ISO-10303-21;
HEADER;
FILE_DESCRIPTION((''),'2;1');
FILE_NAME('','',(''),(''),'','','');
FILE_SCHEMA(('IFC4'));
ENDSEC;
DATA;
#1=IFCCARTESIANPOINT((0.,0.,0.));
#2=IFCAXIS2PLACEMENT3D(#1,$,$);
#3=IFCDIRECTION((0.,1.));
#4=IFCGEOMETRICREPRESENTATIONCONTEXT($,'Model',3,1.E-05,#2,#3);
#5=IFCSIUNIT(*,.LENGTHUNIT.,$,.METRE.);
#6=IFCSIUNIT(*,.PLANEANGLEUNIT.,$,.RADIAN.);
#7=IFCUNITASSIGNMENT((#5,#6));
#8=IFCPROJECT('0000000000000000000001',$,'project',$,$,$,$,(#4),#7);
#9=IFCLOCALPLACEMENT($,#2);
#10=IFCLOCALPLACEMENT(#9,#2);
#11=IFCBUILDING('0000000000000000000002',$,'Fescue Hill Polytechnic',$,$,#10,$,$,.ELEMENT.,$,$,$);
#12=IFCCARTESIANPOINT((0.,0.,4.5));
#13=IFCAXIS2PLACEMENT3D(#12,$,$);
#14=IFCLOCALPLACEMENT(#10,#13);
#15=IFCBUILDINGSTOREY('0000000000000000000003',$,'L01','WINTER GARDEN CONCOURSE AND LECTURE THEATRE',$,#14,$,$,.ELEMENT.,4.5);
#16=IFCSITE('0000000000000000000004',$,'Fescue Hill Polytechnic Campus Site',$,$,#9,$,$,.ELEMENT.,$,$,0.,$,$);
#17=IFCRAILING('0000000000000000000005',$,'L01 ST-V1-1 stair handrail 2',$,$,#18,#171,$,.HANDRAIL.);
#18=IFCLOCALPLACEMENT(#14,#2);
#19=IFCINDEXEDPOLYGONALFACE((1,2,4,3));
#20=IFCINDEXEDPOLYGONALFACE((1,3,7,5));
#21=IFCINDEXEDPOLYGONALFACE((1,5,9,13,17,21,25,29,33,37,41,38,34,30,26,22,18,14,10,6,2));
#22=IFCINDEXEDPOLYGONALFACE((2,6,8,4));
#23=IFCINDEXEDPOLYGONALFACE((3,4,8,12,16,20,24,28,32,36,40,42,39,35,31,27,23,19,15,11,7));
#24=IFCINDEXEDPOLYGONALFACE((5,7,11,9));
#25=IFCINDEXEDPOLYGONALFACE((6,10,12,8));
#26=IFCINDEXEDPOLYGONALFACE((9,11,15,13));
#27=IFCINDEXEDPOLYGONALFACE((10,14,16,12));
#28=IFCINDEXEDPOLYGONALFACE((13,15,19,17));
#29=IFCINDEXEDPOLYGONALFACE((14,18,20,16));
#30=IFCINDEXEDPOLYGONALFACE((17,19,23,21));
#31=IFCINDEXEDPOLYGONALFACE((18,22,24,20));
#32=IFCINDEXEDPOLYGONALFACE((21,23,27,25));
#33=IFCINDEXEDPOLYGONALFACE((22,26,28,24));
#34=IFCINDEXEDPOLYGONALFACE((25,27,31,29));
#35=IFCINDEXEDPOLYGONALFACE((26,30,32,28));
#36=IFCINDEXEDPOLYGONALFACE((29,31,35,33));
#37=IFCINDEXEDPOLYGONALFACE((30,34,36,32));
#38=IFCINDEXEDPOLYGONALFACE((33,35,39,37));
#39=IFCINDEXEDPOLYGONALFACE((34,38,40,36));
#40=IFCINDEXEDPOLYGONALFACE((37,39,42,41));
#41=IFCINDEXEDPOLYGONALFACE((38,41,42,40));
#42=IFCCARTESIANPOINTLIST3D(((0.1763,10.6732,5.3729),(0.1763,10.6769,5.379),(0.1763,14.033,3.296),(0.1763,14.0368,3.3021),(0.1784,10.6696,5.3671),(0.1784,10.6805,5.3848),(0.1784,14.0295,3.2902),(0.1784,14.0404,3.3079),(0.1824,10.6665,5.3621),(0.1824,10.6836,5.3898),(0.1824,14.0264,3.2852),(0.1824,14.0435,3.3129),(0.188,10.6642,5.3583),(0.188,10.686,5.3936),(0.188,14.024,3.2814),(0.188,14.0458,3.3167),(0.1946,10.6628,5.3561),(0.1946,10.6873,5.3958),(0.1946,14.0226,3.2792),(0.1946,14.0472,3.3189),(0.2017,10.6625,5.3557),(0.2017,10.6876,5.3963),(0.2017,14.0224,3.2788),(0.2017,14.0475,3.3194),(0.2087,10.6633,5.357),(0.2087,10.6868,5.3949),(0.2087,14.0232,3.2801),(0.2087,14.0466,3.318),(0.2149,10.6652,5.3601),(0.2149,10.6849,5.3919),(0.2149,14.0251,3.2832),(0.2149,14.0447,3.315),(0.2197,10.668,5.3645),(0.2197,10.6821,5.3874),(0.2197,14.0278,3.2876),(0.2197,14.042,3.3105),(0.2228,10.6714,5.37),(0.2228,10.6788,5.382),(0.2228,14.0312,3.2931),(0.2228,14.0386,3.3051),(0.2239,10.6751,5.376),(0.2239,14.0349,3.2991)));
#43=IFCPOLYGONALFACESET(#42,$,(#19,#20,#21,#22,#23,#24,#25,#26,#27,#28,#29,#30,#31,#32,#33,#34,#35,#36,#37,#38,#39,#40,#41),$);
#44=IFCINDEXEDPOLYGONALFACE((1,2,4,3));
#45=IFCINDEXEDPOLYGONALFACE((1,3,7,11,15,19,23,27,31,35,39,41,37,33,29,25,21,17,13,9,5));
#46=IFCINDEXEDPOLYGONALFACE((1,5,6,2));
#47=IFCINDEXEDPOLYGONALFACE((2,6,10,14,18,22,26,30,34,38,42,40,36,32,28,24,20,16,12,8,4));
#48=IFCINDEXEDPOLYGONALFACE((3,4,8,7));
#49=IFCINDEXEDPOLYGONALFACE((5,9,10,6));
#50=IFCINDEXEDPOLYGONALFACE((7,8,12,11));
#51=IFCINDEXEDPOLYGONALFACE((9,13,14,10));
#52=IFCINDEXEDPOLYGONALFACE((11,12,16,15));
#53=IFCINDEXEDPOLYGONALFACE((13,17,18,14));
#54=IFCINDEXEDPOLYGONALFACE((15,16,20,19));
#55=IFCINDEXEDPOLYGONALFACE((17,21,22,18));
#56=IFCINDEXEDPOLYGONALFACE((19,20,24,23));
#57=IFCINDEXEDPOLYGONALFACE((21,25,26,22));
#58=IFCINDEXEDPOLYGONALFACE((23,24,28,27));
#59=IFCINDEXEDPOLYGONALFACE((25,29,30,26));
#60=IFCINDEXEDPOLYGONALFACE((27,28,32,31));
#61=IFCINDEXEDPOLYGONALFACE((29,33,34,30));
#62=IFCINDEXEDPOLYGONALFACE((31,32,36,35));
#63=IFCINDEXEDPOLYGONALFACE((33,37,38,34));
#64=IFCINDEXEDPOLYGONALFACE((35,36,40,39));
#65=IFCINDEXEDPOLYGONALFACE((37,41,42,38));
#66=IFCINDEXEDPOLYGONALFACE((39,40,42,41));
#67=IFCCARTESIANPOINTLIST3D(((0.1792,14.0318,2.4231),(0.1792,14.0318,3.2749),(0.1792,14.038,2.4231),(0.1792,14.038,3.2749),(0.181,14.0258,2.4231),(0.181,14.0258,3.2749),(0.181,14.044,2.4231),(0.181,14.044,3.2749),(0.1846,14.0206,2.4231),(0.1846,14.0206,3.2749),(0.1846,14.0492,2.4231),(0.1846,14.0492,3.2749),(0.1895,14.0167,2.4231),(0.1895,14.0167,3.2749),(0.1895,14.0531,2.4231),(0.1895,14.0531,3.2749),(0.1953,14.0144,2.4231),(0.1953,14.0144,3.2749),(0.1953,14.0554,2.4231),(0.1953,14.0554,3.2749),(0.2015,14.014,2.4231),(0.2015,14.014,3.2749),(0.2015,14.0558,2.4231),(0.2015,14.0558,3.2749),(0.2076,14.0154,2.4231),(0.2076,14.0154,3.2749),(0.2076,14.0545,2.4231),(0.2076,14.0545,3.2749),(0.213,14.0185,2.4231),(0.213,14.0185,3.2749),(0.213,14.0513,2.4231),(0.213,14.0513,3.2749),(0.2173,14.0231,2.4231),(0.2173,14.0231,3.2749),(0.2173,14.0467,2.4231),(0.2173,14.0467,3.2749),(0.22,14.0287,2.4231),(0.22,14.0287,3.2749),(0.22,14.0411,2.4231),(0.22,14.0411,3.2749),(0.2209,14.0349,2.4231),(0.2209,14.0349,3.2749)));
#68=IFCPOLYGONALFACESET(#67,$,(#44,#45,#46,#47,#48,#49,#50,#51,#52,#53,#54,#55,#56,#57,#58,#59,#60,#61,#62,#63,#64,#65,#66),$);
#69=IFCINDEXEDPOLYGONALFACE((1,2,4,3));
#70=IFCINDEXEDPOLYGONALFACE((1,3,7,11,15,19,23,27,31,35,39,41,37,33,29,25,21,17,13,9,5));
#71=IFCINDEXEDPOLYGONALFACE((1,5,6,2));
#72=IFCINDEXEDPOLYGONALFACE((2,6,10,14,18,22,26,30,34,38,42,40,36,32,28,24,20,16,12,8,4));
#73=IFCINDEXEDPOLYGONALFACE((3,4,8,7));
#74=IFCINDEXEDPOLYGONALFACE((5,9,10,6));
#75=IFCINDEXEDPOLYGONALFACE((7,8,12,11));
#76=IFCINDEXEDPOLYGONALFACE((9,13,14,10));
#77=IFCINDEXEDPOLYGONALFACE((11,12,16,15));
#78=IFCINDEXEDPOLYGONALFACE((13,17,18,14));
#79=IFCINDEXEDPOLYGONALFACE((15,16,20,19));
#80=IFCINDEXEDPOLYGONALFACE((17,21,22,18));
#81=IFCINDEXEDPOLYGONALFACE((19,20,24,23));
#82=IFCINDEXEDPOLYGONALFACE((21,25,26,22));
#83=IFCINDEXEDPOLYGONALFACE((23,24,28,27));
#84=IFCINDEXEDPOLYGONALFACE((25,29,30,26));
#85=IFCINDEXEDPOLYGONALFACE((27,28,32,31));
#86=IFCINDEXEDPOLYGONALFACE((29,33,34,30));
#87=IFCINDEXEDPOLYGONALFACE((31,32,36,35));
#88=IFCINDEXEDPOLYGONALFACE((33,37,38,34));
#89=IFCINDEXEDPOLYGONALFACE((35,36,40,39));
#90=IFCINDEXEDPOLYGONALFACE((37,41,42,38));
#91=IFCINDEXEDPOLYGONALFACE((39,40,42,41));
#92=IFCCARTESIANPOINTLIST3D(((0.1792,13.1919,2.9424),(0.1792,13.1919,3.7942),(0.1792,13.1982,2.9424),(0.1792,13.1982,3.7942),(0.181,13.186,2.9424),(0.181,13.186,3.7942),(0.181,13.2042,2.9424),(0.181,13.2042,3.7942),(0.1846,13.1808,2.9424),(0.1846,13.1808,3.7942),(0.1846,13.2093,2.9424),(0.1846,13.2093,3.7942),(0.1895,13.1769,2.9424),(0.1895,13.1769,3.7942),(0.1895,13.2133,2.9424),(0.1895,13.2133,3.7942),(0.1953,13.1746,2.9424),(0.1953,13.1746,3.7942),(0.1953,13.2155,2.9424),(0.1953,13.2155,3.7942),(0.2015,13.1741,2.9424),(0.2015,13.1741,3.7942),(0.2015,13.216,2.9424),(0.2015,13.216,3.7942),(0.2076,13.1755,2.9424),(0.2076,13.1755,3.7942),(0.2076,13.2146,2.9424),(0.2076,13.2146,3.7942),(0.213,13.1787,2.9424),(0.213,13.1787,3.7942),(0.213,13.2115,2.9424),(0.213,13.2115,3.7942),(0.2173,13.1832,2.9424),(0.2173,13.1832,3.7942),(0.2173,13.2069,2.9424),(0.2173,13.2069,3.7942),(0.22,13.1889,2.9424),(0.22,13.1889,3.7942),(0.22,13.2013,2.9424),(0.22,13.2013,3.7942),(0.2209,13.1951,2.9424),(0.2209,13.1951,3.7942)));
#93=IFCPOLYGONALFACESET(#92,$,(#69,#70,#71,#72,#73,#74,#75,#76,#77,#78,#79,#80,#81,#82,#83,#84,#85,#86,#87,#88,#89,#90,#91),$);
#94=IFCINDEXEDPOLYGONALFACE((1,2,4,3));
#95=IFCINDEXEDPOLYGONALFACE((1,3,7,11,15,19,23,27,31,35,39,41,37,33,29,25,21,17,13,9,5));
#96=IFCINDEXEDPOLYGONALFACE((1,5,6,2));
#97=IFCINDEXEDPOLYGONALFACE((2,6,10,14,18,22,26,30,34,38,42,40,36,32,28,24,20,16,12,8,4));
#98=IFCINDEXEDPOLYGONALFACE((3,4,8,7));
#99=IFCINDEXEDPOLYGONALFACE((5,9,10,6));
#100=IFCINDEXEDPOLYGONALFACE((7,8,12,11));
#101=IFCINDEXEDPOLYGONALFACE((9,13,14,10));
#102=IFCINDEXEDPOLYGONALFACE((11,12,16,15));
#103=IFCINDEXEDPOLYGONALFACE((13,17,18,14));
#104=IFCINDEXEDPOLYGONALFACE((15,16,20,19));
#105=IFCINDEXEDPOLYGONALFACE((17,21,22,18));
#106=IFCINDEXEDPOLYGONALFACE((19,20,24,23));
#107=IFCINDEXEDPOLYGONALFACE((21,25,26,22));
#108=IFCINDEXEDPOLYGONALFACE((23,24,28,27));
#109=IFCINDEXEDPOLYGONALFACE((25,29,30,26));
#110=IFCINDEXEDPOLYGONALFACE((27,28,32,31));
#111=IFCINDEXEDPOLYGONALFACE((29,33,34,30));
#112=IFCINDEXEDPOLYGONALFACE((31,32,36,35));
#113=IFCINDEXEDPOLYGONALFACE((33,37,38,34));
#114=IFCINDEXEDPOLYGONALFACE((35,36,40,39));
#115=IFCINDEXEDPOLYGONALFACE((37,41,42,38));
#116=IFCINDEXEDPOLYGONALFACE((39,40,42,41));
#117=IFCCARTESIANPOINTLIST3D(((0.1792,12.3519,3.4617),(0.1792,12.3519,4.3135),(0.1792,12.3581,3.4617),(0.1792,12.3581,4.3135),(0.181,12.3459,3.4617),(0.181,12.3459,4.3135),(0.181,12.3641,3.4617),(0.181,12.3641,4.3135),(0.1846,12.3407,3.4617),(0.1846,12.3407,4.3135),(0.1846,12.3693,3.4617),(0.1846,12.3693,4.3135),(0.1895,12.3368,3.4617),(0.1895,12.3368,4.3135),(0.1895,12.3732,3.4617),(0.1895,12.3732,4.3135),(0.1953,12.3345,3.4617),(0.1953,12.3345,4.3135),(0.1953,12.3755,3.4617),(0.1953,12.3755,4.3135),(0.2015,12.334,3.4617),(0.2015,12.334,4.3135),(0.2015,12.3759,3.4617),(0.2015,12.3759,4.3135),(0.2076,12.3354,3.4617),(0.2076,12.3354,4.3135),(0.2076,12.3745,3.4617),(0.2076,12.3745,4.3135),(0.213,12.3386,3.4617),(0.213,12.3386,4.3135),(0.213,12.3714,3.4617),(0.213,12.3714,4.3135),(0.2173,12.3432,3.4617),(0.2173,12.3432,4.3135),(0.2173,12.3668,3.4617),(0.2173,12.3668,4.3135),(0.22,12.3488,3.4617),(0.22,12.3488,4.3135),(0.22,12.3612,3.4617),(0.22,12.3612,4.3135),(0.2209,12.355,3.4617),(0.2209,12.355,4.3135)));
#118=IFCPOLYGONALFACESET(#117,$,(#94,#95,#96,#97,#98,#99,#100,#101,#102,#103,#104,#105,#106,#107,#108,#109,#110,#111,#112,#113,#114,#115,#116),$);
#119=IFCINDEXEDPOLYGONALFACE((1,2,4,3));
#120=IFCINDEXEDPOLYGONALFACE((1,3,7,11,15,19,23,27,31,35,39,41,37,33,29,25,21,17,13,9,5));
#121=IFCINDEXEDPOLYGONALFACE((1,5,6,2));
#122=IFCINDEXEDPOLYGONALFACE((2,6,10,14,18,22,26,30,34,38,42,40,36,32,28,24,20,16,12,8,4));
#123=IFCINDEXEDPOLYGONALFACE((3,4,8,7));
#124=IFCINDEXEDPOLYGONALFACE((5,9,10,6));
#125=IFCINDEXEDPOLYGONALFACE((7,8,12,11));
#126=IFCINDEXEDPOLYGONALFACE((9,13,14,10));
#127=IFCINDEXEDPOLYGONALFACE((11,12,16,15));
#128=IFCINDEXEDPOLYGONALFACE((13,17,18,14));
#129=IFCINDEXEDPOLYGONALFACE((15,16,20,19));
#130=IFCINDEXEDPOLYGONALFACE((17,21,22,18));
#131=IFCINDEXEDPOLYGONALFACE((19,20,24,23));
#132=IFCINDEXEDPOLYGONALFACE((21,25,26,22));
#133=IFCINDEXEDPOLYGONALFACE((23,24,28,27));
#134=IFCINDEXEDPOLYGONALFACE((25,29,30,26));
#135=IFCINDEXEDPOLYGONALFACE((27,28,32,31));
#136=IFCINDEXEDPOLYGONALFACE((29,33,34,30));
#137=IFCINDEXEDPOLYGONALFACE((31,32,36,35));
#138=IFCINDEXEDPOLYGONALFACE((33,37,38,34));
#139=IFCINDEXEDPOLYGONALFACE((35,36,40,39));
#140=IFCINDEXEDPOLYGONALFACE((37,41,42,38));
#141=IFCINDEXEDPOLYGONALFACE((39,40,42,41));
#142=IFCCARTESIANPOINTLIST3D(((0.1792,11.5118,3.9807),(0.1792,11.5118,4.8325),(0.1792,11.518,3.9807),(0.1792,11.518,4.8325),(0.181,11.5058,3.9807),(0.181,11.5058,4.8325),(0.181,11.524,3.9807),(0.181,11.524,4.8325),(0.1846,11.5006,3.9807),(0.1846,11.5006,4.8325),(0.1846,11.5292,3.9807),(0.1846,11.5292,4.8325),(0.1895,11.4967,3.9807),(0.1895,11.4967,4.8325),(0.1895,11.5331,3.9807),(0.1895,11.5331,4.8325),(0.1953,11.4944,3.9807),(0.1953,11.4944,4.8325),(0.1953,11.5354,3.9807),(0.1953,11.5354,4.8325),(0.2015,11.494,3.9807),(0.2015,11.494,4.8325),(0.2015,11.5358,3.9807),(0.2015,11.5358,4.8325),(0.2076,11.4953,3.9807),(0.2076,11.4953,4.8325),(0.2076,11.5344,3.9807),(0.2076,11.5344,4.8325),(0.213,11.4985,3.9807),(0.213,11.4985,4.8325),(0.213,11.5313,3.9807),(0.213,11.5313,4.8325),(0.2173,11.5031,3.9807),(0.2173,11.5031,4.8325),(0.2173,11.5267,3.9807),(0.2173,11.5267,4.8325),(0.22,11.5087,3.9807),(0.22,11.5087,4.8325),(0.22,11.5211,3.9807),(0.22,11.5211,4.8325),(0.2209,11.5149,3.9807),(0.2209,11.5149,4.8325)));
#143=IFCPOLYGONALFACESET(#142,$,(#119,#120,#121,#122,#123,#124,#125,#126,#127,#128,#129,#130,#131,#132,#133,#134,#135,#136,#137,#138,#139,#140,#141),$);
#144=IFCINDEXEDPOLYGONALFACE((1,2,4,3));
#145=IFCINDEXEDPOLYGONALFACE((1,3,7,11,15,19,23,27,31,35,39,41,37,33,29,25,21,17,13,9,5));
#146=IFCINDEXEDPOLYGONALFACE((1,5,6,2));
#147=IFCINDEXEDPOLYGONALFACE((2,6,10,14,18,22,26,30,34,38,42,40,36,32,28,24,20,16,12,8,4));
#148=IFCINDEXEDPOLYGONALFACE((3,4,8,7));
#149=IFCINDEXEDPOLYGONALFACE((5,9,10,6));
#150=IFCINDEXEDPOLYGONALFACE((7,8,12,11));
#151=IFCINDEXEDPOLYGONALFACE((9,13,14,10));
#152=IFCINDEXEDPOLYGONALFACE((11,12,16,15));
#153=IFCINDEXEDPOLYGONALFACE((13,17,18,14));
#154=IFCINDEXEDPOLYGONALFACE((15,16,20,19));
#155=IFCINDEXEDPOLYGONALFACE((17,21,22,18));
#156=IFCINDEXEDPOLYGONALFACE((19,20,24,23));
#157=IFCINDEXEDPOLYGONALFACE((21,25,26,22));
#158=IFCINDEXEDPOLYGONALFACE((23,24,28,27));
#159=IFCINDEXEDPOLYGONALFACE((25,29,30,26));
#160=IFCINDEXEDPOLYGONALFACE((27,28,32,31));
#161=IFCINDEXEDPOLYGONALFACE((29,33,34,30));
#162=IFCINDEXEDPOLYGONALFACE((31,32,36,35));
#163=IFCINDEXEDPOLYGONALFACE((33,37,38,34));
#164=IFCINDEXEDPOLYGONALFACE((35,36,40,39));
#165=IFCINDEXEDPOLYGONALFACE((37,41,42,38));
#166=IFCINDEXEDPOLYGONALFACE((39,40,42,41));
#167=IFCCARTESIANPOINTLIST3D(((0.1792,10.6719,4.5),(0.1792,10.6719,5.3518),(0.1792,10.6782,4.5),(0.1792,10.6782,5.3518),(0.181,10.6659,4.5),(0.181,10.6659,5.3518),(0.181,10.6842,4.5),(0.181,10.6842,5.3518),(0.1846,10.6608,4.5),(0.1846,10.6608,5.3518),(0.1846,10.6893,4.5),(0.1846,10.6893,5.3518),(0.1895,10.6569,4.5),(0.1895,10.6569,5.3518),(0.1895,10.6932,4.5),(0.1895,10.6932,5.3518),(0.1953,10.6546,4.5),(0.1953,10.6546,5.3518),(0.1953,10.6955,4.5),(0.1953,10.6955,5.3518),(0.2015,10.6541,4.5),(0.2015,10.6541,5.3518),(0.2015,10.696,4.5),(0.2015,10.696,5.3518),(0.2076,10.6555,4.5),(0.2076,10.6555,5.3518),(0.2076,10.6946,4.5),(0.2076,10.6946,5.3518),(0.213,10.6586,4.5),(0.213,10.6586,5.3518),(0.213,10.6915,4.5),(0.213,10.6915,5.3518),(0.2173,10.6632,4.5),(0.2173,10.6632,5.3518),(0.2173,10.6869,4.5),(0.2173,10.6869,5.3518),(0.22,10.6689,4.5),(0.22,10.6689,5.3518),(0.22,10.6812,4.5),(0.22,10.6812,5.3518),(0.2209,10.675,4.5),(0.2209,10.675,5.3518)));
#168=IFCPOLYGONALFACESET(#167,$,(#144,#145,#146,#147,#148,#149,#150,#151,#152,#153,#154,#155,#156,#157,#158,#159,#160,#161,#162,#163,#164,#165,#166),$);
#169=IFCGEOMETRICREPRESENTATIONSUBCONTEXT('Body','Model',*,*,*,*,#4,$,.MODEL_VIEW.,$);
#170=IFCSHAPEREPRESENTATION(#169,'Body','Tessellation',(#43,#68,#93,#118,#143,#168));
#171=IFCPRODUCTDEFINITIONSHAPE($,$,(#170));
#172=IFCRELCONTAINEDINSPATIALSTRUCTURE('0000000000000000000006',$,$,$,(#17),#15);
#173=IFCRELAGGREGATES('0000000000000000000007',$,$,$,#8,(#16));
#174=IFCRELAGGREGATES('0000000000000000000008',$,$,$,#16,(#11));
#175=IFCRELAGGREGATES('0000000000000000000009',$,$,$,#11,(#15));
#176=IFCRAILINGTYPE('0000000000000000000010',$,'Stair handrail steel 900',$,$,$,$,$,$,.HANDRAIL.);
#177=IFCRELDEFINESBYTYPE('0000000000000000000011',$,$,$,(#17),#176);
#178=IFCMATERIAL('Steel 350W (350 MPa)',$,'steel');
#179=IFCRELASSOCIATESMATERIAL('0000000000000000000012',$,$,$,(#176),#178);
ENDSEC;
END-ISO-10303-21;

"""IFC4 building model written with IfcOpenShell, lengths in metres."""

from ifc_helpers import new_model, si_unit, direction, frame, origin, origin_2d, place, context, subcontext, project, spatial, circle, extrude, material, type_object, element, save


model = new_model("IFC4")

# Units and contexts
model_context = context("Model", 3, precision=1e-05, world=origin(), true_north=direction((0.0, 1.0)))
body_context = subcontext(model_context, "Body", "Model", "MODEL_VIEW")
ifc_project = project(units=[si_unit("LENGTHUNIT", "METRE"), si_unit("PLANEANGLEUNIT", "RADIAN")], contexts=[model_context])

# Site, building, storey
site_placement = place(None, origin())
site = spatial("IfcSite", under=ifc_project, at=site_placement, Name="Fescue Hill Polytechnic Campus Site", CompositionType="ELEMENT", RefElevation=0.0)
building_placement = place(site_placement, origin())
building = spatial("IfcBuilding", under=site, at=building_placement, Name="Fescue Hill Polytechnic", CompositionType="ELEMENT")
storey_placement = place(building_placement, frame((0.0, 0.0, 4.5)))
storey = spatial("IfcBuildingStorey", under=building, at=storey_placement, Name="L01", Description="WINTER GARDEN CONCOURSE AND LECTURE THEATRE", CompositionType="ELEMENT", Elevation=4.5)

# Shared definitions
ifc_material_1 = material(Name="Steel 350W (350 MPa)", Category="steel")

# Railing
railing_type_1 = type_object("IfcRailingType", Name="Stair handrail steel 900", PredefinedType="HANDRAIL", material=ifc_material_1)
for number, where, name in (
    (1, (0.2, 14.0349, 2.4231), "L01 ST-V1-1 stair handrail 2"),
):
    element("IfcRailing", number, at=place(storey_placement, frame(where)), inside=storey, type_object=railing_type_1, Name=name, PredefinedType="HANDRAIL", context=body_context, shape_type="SweptSolid", body=[
        extrude(circle(Radius=0.0239, at=origin_2d()), frame((0.0, 0.0, 0.876), z_axis=(0.0, -0.850606, 0.525803), x_axis=(1.0, 0.0, 0.0)), (0.0, 0.0, 1.0), 3.95),
        extrude(circle(Radius=0.021, at=origin_2d()), origin(), (0.0, 0.0, 1.0), 0.8518),
        extrude(circle(Radius=0.021, at=origin_2d()), frame((0.0, -0.8398, 0.5193)), (0.0, 0.0, 1.0), 0.8518),
        extrude(circle(Radius=0.021, at=origin_2d()), frame((0.0, -1.6799, 1.0386)), (0.0, 0.0, 1.0), 0.8518),
        extrude(circle(Radius=0.021, at=origin_2d()), frame((0.0, -2.52, 1.5576)), (0.0, 0.0, 1.0), 0.8518),
        extrude(circle(Radius=0.021, at=origin_2d()), frame((0.0, -3.3599, 2.0769)), (0.0, 0.0, 1.0), 0.8518),
    ])

save(model, "model.ifc")
